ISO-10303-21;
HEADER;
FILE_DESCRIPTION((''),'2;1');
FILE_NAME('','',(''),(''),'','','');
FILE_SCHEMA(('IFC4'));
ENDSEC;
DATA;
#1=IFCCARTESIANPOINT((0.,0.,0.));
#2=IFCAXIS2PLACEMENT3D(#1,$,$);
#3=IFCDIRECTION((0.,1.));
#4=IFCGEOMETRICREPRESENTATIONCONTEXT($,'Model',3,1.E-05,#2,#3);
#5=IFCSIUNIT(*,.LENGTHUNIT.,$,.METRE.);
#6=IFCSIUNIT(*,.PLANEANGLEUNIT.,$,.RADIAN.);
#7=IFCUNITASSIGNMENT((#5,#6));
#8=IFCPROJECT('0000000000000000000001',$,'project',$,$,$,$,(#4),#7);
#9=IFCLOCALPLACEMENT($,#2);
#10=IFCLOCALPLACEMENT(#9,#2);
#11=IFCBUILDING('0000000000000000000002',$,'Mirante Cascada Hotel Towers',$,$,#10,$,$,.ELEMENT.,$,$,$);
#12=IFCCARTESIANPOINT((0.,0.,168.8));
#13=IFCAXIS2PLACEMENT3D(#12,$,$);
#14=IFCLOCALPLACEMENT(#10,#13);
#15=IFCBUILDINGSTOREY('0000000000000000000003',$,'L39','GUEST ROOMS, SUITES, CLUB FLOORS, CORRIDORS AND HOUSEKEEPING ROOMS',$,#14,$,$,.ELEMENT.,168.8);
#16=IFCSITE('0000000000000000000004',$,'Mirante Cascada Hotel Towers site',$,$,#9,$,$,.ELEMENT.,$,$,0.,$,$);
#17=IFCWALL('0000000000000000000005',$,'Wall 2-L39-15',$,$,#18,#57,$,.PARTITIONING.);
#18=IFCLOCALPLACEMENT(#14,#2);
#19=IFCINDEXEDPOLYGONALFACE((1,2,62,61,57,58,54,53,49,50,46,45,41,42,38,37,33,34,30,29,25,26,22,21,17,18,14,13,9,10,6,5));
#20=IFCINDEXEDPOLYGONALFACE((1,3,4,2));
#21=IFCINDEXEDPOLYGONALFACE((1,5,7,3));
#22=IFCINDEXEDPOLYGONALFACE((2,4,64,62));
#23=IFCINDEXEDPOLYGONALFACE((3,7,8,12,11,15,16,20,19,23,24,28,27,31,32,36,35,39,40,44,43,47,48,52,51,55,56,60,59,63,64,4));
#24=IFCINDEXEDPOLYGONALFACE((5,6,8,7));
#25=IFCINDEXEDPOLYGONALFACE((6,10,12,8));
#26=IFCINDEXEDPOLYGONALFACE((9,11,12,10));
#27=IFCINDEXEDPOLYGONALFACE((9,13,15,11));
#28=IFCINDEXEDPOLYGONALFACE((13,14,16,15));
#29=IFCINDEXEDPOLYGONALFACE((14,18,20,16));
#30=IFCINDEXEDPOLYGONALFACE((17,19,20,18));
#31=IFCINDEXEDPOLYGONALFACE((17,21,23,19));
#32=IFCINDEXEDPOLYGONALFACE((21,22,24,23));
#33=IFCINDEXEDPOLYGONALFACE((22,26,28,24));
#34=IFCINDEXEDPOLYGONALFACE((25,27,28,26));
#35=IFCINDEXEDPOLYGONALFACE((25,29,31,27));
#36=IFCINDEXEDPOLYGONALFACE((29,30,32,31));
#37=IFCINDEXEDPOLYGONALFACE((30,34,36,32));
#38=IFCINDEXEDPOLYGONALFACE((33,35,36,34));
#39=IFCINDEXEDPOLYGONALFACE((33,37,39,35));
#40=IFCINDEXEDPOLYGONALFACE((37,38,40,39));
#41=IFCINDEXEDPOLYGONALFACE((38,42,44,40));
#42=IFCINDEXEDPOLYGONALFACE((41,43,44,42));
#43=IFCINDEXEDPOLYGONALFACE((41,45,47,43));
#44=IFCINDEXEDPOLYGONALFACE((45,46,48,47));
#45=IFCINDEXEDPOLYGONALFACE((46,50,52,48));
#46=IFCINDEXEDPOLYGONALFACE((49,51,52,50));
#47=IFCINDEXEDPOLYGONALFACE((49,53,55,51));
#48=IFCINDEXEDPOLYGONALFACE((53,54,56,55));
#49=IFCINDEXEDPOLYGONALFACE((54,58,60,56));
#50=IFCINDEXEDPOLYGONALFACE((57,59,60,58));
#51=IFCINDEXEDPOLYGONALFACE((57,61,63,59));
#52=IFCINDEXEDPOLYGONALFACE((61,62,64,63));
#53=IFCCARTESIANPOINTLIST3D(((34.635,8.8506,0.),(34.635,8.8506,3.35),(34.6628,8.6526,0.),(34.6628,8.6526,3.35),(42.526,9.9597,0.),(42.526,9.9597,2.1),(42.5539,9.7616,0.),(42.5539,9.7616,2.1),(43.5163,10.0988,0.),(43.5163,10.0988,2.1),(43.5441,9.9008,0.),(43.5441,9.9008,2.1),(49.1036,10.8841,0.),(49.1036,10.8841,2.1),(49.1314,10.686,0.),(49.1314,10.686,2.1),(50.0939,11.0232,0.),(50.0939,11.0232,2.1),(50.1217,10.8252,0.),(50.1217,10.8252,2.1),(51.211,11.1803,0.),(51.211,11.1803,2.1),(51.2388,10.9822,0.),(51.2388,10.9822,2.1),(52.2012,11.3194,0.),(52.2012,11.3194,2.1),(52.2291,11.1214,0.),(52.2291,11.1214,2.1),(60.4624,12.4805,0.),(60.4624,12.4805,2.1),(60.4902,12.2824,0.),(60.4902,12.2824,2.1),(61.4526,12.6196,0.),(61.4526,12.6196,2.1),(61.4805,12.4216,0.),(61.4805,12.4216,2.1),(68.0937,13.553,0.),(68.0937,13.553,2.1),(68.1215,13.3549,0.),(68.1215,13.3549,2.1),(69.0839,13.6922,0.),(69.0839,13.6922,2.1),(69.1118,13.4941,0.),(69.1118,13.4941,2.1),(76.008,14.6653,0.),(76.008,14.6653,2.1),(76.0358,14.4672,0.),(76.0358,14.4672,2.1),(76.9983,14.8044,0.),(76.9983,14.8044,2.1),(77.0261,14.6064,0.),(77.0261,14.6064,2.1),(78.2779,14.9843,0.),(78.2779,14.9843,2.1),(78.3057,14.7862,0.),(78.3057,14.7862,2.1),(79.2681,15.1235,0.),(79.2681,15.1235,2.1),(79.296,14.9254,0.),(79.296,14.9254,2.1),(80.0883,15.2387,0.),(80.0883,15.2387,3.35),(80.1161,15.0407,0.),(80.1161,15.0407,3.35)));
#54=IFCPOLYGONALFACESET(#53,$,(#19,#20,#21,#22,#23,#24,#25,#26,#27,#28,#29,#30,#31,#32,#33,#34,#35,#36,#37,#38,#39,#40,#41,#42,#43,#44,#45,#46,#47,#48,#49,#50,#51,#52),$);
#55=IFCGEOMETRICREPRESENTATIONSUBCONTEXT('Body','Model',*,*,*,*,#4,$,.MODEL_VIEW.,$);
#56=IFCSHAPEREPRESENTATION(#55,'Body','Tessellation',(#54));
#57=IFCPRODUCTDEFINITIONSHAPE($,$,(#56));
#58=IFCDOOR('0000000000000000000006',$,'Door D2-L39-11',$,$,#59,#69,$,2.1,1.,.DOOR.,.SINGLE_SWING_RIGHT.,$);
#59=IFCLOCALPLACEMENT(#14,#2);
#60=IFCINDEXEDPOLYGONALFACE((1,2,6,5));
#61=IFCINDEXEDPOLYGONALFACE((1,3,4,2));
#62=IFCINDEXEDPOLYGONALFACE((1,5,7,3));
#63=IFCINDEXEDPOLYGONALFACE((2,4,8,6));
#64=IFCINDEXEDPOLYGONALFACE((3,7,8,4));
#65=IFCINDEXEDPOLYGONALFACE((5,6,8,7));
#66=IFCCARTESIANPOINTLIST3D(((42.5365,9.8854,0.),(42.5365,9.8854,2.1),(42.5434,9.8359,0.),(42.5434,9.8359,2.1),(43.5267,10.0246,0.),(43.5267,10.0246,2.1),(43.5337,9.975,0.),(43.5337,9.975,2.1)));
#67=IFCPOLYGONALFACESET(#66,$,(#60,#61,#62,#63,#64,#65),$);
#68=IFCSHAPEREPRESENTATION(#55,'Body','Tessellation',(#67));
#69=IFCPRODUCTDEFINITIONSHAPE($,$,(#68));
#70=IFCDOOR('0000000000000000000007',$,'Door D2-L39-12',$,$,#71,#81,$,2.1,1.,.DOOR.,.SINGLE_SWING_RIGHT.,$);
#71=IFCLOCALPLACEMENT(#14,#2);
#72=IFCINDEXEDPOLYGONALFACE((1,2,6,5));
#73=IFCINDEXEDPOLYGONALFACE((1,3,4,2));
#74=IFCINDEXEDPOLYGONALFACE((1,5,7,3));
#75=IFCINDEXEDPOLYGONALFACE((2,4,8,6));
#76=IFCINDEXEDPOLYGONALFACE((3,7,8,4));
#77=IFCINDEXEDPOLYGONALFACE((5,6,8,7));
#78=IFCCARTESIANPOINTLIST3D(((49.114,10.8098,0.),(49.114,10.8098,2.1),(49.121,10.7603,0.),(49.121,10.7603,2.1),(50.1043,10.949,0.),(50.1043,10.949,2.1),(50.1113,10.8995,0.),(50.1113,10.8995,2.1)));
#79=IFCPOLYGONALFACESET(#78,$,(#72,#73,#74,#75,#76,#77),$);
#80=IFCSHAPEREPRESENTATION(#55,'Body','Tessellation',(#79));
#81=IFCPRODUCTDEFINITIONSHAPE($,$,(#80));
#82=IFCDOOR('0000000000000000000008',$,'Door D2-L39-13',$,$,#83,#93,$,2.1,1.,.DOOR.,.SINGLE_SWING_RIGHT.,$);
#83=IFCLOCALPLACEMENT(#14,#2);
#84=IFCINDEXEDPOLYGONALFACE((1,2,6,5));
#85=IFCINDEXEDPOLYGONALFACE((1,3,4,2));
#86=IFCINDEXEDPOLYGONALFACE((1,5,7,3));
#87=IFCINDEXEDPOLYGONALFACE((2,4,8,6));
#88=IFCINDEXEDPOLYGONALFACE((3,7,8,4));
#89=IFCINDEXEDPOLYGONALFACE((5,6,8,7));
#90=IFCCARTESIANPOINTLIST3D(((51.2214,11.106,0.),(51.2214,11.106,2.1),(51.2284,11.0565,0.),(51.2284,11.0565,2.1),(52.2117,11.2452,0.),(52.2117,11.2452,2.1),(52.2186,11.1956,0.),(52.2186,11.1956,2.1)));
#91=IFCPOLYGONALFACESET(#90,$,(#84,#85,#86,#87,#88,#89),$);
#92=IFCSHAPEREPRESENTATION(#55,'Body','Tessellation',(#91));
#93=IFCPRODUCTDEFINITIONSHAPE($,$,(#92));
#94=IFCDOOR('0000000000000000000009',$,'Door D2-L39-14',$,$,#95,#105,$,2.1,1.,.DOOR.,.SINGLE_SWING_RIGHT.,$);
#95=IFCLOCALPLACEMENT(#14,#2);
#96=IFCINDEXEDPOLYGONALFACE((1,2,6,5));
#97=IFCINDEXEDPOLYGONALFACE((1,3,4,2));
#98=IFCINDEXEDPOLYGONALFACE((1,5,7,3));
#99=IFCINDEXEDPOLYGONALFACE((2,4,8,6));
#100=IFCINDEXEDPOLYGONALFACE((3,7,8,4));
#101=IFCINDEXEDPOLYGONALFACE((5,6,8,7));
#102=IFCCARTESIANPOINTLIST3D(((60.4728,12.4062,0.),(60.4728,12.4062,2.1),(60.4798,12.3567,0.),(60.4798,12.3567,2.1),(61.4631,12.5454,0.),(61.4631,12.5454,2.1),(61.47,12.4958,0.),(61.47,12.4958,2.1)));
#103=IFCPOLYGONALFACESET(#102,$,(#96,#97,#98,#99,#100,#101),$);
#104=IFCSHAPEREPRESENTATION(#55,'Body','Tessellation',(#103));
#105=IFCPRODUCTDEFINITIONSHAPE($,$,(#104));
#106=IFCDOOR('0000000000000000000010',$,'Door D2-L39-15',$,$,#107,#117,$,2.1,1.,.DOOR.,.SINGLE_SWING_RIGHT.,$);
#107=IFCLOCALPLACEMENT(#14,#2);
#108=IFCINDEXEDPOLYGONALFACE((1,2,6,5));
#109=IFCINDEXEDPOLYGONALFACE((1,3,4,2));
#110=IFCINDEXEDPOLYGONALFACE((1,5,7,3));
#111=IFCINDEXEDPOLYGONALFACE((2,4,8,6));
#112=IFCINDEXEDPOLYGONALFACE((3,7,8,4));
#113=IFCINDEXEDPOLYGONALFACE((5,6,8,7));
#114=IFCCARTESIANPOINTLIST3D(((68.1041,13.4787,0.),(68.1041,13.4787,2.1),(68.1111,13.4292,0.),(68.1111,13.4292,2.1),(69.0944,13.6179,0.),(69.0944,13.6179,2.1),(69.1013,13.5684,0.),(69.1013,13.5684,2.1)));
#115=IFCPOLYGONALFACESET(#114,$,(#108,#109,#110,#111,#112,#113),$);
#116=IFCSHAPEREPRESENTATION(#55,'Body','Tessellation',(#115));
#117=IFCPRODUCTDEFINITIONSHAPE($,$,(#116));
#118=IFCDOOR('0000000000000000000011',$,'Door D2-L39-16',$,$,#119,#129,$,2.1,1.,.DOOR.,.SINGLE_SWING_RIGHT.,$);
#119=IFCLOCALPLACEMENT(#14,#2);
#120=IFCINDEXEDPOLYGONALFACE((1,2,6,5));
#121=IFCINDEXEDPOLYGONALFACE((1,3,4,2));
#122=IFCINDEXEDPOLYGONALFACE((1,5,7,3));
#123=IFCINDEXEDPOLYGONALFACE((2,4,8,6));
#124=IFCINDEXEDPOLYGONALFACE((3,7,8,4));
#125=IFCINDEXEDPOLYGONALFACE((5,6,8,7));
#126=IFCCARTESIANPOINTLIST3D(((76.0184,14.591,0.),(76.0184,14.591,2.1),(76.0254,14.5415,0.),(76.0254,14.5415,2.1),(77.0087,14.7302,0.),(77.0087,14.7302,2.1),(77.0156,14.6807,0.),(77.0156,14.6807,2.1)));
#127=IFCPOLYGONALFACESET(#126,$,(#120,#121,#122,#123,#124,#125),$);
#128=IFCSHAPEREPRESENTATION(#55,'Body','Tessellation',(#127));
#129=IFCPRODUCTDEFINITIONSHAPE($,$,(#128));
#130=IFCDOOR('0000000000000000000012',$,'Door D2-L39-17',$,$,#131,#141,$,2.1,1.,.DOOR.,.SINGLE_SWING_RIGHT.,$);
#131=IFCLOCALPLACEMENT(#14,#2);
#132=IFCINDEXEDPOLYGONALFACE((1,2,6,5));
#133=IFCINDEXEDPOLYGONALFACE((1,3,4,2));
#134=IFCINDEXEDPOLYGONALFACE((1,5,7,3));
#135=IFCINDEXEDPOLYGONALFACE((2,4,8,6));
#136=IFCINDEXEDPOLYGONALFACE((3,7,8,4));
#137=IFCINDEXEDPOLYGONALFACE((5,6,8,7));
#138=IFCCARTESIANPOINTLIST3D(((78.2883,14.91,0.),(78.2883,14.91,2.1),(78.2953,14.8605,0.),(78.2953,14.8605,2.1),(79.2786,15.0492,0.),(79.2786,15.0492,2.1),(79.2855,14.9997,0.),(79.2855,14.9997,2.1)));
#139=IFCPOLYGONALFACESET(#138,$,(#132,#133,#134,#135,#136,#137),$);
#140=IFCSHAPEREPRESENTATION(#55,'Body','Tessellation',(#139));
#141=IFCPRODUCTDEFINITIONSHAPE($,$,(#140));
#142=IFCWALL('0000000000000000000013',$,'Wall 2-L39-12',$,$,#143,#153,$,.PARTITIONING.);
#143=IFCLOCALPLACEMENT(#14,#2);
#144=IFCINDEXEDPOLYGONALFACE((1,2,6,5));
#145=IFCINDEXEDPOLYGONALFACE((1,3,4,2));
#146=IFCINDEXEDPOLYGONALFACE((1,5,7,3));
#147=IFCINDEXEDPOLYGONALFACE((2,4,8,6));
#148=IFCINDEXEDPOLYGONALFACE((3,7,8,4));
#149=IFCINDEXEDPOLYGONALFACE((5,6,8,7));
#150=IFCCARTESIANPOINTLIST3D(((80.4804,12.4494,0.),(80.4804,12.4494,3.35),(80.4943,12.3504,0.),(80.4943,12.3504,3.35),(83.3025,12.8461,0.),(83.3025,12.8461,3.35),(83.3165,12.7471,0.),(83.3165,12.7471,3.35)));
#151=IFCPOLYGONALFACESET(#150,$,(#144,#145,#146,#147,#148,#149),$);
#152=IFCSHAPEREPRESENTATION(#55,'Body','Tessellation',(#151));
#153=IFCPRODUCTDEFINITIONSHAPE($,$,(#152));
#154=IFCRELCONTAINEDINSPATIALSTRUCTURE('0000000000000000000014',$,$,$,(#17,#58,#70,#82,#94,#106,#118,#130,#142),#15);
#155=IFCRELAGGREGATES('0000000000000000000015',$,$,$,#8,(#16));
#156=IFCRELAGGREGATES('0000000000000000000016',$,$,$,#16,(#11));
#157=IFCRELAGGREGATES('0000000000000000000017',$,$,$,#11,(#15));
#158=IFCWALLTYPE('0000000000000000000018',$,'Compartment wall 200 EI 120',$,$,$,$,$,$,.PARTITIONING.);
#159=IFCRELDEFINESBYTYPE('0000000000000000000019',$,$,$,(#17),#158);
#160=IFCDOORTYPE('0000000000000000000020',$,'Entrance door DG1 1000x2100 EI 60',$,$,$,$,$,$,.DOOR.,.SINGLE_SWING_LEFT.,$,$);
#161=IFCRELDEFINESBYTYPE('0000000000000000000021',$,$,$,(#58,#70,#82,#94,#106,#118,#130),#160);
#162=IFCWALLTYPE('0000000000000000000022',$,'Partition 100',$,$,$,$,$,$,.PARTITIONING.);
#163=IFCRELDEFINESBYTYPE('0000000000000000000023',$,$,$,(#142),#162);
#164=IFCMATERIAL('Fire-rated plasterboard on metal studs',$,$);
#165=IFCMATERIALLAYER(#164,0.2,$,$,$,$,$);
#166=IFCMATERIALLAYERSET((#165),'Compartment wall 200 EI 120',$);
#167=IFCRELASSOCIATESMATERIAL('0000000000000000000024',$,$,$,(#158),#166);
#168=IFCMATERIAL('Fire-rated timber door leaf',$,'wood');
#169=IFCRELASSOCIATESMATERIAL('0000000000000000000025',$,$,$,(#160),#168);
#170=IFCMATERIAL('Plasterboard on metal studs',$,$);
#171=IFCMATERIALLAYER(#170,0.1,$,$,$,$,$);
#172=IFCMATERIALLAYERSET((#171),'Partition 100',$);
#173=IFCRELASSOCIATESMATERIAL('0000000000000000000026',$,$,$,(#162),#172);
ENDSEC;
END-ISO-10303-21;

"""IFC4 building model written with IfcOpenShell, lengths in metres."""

from ifc_helpers import new_model, si_unit, direction, frame, frame_2d, origin, place, context, subcontext, project, spatial, rectangle, extrude, material, layer, layer_set, type_object, element, fill, save


model = new_model("IFC4")

# Units and contexts
model_context = context("Model", 3, precision=1e-05, world=origin(), true_north=direction((0.0, 1.0)))
body_context = subcontext(model_context, "Body", "Model", "MODEL_VIEW")
ifc_project = project(units=[si_unit("LENGTHUNIT", "METRE"), si_unit("PLANEANGLEUNIT", "RADIAN")], contexts=[model_context])

# Site, building, storey
site_placement = place(None, origin())
site = spatial("IfcSite", under=ifc_project, at=site_placement, Name="Mirante Cascada Hotel Towers site", CompositionType="ELEMENT", RefElevation=0.0)
building_placement = place(site_placement, origin())
building = spatial("IfcBuilding", under=site, at=building_placement, Name="Mirante Cascada Hotel Towers", CompositionType="ELEMENT")
storey_placement = place(building_placement, frame((0.0, 0.0, 168.8)))
storey = spatial("IfcBuildingStorey", under=building, at=storey_placement, Name="L39", Description="GUEST ROOMS, SUITES, CLUB FLOORS, CORRIDORS AND HOUSEKEEPING ROOMS", CompositionType="ELEMENT", Elevation=168.8)

# Shared definitions
ifc_material_1 = material(Name="Fire-rated plasterboard on metal studs")
ifc_layer_1 = layer(ifc_material_1, 0.2)
ifc_layer_set_1 = layer_set([ifc_layer_1], Name="Compartment wall 200 EI 120")
wall_type_1 = type_object("IfcWallType", Name="Compartment wall 200 EI 120", PredefinedType="PARTITIONING", material=ifc_layer_set_1)

# Wall, openings, doors
wall_1_placement = place(storey_placement, frame((80.1022, 15.1397, 0.0), z_axis=(0.0, 0.0, 1.0), x_axis=(-0.990268, -0.139174, 0.0)))
wall_1 = element("IfcWall", 1, at=wall_1_placement, inside=storey, type_object=wall_type_1, Name="Wall 2-L39-15", PredefinedType="PARTITIONING", context=body_context, shape_type="SweptSolid", body=[
    extrude(rectangle(XDim=45.9, YDim=0.2, at=frame_2d((22.95, 0.0))), origin(), (0.0, 0.0, 1.0), 3.35),
])
opening_1_placement = place(wall_1_placement, frame((36.9314, 0.0, 0.0)))
opening_1 = element("IfcOpeningElement", 2, at=opening_1_placement, cuts=wall_1, PredefinedType="OPENING", context=body_context, shape_type="SweptSolid", body=[
    extrude(rectangle(XDim=1.0, YDim=2.1, at=frame_2d((0.5, 1.05))), frame((0.0, 0.1, 0.0), z_axis=(0.0, -1.0, 0.0), x_axis=(1.0, 0.0, 0.0)), (0.0, 0.0, 1.0), 0.2),
])
opening_2_placement = place(wall_1_placement, frame((30.2892, 0.0, 0.0)))
opening_2 = element("IfcOpeningElement", 3, at=opening_2_placement, cuts=wall_1, PredefinedType="OPENING", context=body_context, shape_type="SweptSolid", body=[
    extrude(rectangle(XDim=1.0, YDim=2.1, at=frame_2d((0.5, 1.05))), frame((0.0, 0.1, 0.0), z_axis=(0.0, -1.0, 0.0), x_axis=(1.0, 0.0, 0.0)), (0.0, 0.0, 1.0), 0.2),
])
opening_3_placement = place(wall_1_placement, frame((28.1611, 0.0, 0.0)))
opening_3 = element("IfcOpeningElement", 4, at=opening_3_placement, cuts=wall_1, PredefinedType="OPENING", context=body_context, shape_type="SweptSolid", body=[
    extrude(rectangle(XDim=1.0, YDim=2.1, at=frame_2d((0.5, 1.05))), frame((0.0, 0.1, 0.0), z_axis=(0.0, -1.0, 0.0), x_axis=(1.0, 0.0, 0.0)), (0.0, 0.0, 1.0), 0.2),
])
opening_4_placement = place(wall_1_placement, frame((18.8188, 0.0, 0.0)))
opening_4 = element("IfcOpeningElement", 5, at=opening_4_placement, cuts=wall_1, PredefinedType="OPENING", context=body_context, shape_type="SweptSolid", body=[
    extrude(rectangle(XDim=1.0, YDim=2.1, at=frame_2d((0.5, 1.05))), frame((0.0, 0.1, 0.0), z_axis=(0.0, -1.0, 0.0), x_axis=(1.0, 0.0, 0.0)), (0.0, 0.0, 1.0), 0.2),
])
opening_5_placement = place(wall_1_placement, frame((11.1125, 0.0, 0.0)))
opening_5 = element("IfcOpeningElement", 6, at=opening_5_placement, cuts=wall_1, PredefinedType="OPENING", context=body_context, shape_type="SweptSolid", body=[
    extrude(rectangle(XDim=1.0, YDim=2.1, at=frame_2d((0.5, 1.05))), frame((0.0, 0.1, 0.0), z_axis=(0.0, -1.0, 0.0), x_axis=(1.0, 0.0, 0.0)), (0.0, 0.0, 1.0), 0.2),
])
opening_6_placement = place(wall_1_placement, frame((3.1204, 0.0, 0.0)))
opening_6 = element("IfcOpeningElement", 7, at=opening_6_placement, cuts=wall_1, PredefinedType="OPENING", context=body_context, shape_type="SweptSolid", body=[
    extrude(rectangle(XDim=1.0, YDim=2.1, at=frame_2d((0.5, 1.05))), frame((0.0, 0.1, 0.0), z_axis=(0.0, -1.0, 0.0), x_axis=(1.0, 0.0, 0.0)), (0.0, 0.0, 1.0), 0.2),
])
opening_7_placement = place(wall_1_placement, frame((0.8282, 0.0, 0.0)))
opening_7 = element("IfcOpeningElement", 8, at=opening_7_placement, cuts=wall_1, PredefinedType="OPENING", context=body_context, shape_type="SweptSolid", body=[
    extrude(rectangle(XDim=1.0, YDim=2.1, at=frame_2d((0.5, 1.05))), frame((0.0, 0.1, 0.0), z_axis=(0.0, -1.0, 0.0), x_axis=(1.0, 0.0, 0.0)), (0.0, 0.0, 1.0), 0.2),
])
ifc_material_2 = material(Name="Fire-rated timber door leaf", Category="wood")
door_type_1 = type_object("IfcDoorType", Name="Entrance door DG1 1000x2100 EI 60", OperationType="SINGLE_SWING_LEFT", PredefinedType="DOOR", material=ifc_material_2)
door_1_placement = place(opening_1_placement, frame((1.0, 0.0, 0.0), z_axis=(0.0, 0.0, 1.0), x_axis=(-1.0, 0.0, 0.0)))
door_1 = element("IfcDoor", 9, at=door_1_placement, inside=storey, type_object=door_type_1, Name="Door D2-L39-11", OperationType="SINGLE_SWING_RIGHT", OverallHeight=2.1, OverallWidth=1.0, PredefinedType="DOOR", context=body_context, shape_type="SweptSolid", body=[
    extrude(rectangle(XDim=1.0, YDim=2.1, at=frame_2d((0.5, 1.05))), frame((0.0, 0.025, 0.0), z_axis=(0.0, -1.0, 0.0), x_axis=(1.0, 0.0, 0.0)), (0.0, 0.0, 1.0), 0.05),
])
fill(opening_1, door_1)
door_2_placement = place(opening_2_placement, frame((1.0, 0.0, 0.0), z_axis=(0.0, 0.0, 1.0), x_axis=(-1.0, 0.0, 0.0)))
door_2 = element("IfcDoor", 10, at=door_2_placement, inside=storey, type_object=door_type_1, Name="Door D2-L39-12", OperationType="SINGLE_SWING_RIGHT", OverallHeight=2.1, OverallWidth=1.0, PredefinedType="DOOR", context=body_context, shape_type="SweptSolid", body=[
    extrude(rectangle(XDim=1.0, YDim=2.1, at=frame_2d((0.5, 1.05))), frame((0.0, 0.025, 0.0), z_axis=(0.0, -1.0, 0.0), x_axis=(1.0, 0.0, 0.0)), (0.0, 0.0, 1.0), 0.05),
])
fill(opening_2, door_2)
door_3_placement = place(opening_3_placement, frame((1.0, 0.0, 0.0), z_axis=(0.0, 0.0, 1.0), x_axis=(-1.0, 0.0, 0.0)))
door_3 = element("IfcDoor", 11, at=door_3_placement, inside=storey, type_object=door_type_1, Name="Door D2-L39-13", OperationType="SINGLE_SWING_RIGHT", OverallHeight=2.1, OverallWidth=1.0, PredefinedType="DOOR", context=body_context, shape_type="SweptSolid", body=[
    extrude(rectangle(XDim=1.0, YDim=2.1, at=frame_2d((0.5, 1.05))), frame((0.0, 0.025, 0.0), z_axis=(0.0, -1.0, 0.0), x_axis=(1.0, 0.0, 0.0)), (0.0, 0.0, 1.0), 0.05),
])
fill(opening_3, door_3)
door_4_placement = place(opening_4_placement, frame((1.0, 0.0, 0.0), z_axis=(0.0, 0.0, 1.0), x_axis=(-1.0, 0.0, 0.0)))
door_4 = element("IfcDoor", 12, at=door_4_placement, inside=storey, type_object=door_type_1, Name="Door D2-L39-14", OperationType="SINGLE_SWING_RIGHT", OverallHeight=2.1, OverallWidth=1.0, PredefinedType="DOOR", context=body_context, shape_type="SweptSolid", body=[
    extrude(rectangle(XDim=1.0, YDim=2.1, at=frame_2d((0.5, 1.05))), frame((0.0, 0.025, 0.0), z_axis=(0.0, -1.0, 0.0), x_axis=(1.0, 0.0, 0.0)), (0.0, 0.0, 1.0), 0.05),
])
fill(opening_4, door_4)
door_5_placement = place(opening_5_placement, frame((1.0, 0.0, 0.0), z_axis=(0.0, 0.0, 1.0), x_axis=(-1.0, 0.0, 0.0)))
door_5 = element("IfcDoor", 13, at=door_5_placement, inside=storey, type_object=door_type_1, Name="Door D2-L39-15", OperationType="SINGLE_SWING_RIGHT", OverallHeight=2.1, OverallWidth=1.0, PredefinedType="DOOR", context=body_context, shape_type="SweptSolid", body=[
    extrude(rectangle(XDim=1.0, YDim=2.1, at=frame_2d((0.5, 1.05))), frame((0.0, 0.025, 0.0), z_axis=(0.0, -1.0, 0.0), x_axis=(1.0, 0.0, 0.0)), (0.0, 0.0, 1.0), 0.05),
])
fill(opening_5, door_5)
door_6_placement = place(opening_6_placement, frame((1.0, 0.0, 0.0), z_axis=(0.0, 0.0, 1.0), x_axis=(-1.0, 0.0, 0.0)))
door_6 = element("IfcDoor", 14, at=door_6_placement, inside=storey, type_object=door_type_1, Name="Door D2-L39-16", OperationType="SINGLE_SWING_RIGHT", OverallHeight=2.1, OverallWidth=1.0, PredefinedType="DOOR", context=body_context, shape_type="SweptSolid", body=[
    extrude(rectangle(XDim=1.0, YDim=2.1, at=frame_2d((0.5, 1.05))), frame((0.0, 0.025, 0.0), z_axis=(0.0, -1.0, 0.0), x_axis=(1.0, 0.0, 0.0)), (0.0, 0.0, 1.0), 0.05),
])
fill(opening_6, door_6)
door_7_placement = place(opening_7_placement, frame((1.0, 0.0, 0.0), z_axis=(0.0, 0.0, 1.0), x_axis=(-1.0, 0.0, 0.0)))
door_7 = element("IfcDoor", 15, at=door_7_placement, inside=storey, type_object=door_type_1, Name="Door D2-L39-17", OperationType="SINGLE_SWING_RIGHT", OverallHeight=2.1, OverallWidth=1.0, PredefinedType="DOOR", context=body_context, shape_type="SweptSolid", body=[
    extrude(rectangle(XDim=1.0, YDim=2.1, at=frame_2d((0.5, 1.05))), frame((0.0, 0.025, 0.0), z_axis=(0.0, -1.0, 0.0), x_axis=(1.0, 0.0, 0.0)), (0.0, 0.0, 1.0), 0.05),
])
fill(opening_7, door_7)

# Wall
ifc_material_3 = material(Name="Plasterboard on metal studs")
ifc_layer_2 = layer(ifc_material_3, 0.1)
ifc_layer_set_2 = layer_set([ifc_layer_2], Name="Partition 100")
wall_type_2 = type_object("IfcWallType", Name="Partition 100", PredefinedType="PARTITIONING", material=ifc_layer_set_2)
wall_2_placement = place(storey_placement, frame((80.4873, 12.3999, 0.0), z_axis=(0.0, 0.0, 1.0), x_axis=(0.990265, 0.139196, 0.0)))
element("IfcWall", 16, at=wall_2_placement, inside=storey, type_object=wall_type_2, Name="Wall 2-L39-12", PredefinedType="PARTITIONING", context=body_context, shape_type="SweptSolid", body=[
    extrude(rectangle(XDim=2.8499, YDim=0.1, at=frame_2d((1.425, 0.0))), origin(), (0.0, 0.0, 1.0), 3.35),
])

save(model, "model.ifc")
